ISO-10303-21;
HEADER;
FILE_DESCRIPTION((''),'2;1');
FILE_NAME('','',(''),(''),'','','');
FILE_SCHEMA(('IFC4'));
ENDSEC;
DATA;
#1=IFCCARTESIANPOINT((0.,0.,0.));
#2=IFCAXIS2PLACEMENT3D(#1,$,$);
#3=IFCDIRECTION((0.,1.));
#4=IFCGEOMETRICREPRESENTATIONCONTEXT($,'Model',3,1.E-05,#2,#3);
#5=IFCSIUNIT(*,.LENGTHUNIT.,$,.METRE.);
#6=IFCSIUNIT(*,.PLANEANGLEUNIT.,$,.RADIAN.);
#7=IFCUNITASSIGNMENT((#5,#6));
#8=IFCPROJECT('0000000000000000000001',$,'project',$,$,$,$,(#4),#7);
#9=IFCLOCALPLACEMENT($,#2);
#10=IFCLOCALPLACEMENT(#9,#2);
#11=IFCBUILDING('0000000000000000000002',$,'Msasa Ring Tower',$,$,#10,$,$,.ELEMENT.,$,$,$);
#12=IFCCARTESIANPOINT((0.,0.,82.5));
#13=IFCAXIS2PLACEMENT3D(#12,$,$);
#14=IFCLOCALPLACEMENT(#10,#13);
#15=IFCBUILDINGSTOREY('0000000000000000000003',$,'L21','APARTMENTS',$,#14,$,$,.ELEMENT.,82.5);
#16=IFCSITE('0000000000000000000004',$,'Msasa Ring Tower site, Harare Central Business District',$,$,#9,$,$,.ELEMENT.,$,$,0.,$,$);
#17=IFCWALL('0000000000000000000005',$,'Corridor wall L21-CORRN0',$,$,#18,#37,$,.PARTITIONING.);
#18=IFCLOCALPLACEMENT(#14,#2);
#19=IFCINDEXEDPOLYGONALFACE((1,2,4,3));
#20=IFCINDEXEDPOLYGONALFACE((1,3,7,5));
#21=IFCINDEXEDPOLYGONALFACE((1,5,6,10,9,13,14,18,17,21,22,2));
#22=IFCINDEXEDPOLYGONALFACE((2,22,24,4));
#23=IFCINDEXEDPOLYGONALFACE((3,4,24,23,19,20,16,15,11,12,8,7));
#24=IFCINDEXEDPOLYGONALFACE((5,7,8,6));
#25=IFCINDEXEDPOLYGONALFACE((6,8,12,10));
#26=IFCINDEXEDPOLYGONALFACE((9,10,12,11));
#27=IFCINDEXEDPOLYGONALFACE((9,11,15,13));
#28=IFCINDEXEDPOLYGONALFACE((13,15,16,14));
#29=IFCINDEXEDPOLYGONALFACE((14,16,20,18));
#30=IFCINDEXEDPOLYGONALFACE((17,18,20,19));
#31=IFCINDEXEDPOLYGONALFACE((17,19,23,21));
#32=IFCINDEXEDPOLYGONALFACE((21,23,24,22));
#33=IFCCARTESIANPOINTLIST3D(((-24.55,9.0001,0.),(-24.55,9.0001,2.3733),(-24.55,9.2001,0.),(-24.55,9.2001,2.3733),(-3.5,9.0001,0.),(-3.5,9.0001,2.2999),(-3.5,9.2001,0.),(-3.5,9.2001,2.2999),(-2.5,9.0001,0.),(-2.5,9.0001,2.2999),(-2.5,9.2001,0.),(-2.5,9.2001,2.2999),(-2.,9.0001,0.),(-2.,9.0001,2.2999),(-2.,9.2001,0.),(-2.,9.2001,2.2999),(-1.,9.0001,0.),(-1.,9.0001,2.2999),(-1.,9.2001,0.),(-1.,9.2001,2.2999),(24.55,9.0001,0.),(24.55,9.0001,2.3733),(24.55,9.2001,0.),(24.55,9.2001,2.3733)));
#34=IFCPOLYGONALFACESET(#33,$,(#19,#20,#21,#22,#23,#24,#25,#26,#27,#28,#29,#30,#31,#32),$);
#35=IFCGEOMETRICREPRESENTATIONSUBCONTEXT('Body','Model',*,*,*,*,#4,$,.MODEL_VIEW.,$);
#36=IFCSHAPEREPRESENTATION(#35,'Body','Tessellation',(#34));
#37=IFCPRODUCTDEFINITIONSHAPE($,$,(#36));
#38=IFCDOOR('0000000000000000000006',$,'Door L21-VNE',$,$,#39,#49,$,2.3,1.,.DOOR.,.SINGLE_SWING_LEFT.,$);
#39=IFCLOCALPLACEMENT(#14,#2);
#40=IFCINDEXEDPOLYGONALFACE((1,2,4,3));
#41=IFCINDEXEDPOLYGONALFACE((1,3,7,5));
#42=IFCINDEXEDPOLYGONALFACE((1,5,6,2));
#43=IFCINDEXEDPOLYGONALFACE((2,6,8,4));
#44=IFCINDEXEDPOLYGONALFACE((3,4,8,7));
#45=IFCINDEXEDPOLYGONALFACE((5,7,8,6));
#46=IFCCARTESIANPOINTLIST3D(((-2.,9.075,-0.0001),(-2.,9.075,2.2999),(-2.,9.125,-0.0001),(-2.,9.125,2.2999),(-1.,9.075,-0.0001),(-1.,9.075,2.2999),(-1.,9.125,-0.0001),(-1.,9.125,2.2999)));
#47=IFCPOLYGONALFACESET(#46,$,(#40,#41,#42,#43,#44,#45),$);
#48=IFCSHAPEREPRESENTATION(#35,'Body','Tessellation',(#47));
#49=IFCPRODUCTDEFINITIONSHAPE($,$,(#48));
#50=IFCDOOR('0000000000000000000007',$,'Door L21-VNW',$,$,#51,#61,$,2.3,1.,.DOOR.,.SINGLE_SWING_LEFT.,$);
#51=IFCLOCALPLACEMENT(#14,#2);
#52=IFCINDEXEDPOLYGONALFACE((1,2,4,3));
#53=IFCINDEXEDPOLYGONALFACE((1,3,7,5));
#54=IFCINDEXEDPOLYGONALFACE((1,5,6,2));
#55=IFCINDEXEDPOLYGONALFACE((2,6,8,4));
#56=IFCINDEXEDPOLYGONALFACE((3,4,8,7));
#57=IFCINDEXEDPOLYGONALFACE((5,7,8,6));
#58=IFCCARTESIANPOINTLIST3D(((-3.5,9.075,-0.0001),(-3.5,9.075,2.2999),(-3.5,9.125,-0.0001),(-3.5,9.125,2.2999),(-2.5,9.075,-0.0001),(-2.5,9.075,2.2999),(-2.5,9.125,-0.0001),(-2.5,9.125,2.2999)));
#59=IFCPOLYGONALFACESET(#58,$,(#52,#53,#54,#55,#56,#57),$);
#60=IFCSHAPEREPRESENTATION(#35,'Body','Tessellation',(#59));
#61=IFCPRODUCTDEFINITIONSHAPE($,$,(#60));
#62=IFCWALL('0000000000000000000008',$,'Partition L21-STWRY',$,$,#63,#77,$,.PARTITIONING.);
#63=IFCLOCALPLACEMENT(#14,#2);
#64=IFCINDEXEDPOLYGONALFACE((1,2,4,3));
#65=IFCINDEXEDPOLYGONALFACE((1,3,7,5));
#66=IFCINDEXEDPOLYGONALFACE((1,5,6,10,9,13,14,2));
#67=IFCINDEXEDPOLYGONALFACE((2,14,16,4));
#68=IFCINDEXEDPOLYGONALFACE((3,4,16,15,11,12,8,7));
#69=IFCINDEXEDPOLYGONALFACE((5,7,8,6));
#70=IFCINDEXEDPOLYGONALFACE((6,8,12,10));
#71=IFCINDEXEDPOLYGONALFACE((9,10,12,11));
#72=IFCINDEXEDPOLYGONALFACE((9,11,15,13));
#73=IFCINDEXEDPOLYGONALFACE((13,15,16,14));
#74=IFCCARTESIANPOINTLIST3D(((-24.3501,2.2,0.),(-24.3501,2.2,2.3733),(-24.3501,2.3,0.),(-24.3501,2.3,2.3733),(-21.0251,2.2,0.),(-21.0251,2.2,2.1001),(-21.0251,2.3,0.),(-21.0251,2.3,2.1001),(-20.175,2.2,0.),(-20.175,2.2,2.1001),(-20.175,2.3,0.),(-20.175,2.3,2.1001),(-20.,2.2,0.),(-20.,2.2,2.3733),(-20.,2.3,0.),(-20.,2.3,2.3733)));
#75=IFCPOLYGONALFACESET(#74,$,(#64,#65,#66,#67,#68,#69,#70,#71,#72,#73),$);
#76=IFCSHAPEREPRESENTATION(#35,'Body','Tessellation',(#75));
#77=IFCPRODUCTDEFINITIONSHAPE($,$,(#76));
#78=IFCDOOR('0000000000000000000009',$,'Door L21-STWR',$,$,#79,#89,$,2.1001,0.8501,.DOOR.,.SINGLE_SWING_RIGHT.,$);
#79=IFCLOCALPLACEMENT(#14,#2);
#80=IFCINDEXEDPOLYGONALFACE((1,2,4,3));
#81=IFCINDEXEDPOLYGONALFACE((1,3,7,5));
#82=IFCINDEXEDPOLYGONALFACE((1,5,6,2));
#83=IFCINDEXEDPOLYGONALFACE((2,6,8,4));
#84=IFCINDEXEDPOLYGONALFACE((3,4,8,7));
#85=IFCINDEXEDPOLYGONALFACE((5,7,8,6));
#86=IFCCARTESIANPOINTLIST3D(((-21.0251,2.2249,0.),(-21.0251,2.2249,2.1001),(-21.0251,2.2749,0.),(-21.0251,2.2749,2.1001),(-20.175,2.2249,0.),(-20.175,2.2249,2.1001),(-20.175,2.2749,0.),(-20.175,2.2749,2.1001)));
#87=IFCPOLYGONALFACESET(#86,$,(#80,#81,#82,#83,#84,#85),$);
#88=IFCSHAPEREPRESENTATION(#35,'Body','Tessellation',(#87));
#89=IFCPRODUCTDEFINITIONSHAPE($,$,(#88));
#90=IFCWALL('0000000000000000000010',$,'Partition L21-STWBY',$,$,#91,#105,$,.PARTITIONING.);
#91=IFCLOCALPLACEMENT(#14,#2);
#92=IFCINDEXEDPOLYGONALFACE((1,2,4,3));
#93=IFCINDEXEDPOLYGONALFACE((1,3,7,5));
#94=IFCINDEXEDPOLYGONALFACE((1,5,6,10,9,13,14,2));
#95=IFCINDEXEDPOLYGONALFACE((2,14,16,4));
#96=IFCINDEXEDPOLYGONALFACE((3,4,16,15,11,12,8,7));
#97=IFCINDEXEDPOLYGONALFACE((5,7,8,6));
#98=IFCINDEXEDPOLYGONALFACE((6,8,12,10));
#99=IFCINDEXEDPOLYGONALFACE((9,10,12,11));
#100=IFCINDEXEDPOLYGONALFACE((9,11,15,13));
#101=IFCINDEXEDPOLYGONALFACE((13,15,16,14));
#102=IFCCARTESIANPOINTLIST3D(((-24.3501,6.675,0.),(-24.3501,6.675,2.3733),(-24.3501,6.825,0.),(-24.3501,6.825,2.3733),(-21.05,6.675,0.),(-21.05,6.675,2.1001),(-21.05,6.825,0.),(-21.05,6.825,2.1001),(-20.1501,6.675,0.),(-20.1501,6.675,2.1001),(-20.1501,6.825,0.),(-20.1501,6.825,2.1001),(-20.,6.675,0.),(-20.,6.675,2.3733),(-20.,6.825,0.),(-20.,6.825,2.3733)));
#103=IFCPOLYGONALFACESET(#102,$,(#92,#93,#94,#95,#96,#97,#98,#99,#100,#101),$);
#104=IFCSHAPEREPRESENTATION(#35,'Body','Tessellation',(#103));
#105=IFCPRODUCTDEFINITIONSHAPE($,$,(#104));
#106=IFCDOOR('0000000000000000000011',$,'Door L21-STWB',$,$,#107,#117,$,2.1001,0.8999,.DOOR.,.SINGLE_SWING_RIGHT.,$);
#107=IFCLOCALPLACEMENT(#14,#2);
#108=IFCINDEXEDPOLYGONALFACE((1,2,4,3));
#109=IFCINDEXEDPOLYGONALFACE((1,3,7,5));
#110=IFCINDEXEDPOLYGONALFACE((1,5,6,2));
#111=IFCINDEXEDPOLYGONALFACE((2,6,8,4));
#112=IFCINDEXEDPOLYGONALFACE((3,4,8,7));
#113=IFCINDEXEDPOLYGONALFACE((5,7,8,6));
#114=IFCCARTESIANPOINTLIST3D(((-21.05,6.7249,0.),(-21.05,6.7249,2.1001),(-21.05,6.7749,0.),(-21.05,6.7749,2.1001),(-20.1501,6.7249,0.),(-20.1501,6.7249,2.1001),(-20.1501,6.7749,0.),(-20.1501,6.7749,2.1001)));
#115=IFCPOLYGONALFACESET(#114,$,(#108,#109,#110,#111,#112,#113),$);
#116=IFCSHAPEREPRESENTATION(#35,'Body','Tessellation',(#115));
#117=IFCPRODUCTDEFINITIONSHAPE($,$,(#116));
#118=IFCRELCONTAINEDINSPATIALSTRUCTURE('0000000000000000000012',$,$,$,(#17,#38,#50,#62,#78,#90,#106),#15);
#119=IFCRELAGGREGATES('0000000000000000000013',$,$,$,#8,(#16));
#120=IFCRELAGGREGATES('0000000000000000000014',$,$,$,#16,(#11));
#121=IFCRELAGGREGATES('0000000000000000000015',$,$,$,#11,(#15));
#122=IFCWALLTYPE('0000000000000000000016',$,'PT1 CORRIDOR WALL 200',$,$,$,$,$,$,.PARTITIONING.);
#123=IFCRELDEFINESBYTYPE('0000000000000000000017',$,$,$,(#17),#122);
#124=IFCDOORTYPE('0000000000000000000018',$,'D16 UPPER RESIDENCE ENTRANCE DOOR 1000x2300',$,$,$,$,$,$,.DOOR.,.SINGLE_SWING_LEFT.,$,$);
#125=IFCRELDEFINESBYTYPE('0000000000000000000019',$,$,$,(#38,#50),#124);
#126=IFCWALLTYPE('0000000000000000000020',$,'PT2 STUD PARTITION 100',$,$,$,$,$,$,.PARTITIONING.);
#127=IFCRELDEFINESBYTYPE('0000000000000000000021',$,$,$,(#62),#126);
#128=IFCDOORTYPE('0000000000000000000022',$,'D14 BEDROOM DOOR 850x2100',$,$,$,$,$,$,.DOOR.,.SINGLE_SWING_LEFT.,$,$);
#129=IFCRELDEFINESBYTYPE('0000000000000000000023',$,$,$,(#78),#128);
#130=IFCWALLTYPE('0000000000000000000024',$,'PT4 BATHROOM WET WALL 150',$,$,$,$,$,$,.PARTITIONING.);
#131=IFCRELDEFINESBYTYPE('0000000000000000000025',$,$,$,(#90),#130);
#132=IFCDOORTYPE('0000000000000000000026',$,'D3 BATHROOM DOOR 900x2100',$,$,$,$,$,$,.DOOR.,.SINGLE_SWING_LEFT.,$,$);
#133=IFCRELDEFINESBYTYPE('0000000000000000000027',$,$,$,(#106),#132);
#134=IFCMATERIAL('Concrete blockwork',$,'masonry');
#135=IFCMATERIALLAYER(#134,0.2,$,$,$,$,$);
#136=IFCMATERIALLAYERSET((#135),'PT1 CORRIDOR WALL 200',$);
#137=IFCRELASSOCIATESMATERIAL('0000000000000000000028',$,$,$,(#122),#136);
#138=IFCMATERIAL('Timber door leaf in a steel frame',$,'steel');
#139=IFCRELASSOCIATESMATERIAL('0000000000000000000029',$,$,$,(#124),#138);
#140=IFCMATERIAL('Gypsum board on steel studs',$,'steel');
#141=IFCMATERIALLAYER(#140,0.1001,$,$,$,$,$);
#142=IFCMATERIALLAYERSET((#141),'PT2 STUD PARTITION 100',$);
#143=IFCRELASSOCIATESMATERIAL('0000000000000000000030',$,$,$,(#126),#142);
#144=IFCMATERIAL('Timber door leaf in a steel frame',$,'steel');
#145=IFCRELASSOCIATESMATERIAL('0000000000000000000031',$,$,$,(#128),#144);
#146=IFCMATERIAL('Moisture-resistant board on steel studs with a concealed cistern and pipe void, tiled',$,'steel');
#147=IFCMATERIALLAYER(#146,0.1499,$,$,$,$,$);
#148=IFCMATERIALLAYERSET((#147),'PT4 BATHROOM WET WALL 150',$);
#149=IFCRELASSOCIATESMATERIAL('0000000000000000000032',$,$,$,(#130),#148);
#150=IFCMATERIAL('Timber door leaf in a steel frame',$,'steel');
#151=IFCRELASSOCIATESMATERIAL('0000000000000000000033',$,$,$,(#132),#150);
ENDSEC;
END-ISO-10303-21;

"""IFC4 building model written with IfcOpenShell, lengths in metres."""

from ifc_helpers import new_model, si_unit, direction, frame, frame_2d, origin, place, context, subcontext, project, spatial, rectangle, extrude, material, layer, layer_set, type_object, element, fill, save


model = new_model("IFC4")

# Units and contexts
model_context = context("Model", 3, precision=1e-05, world=origin(), true_north=direction((0.0, 1.0)))
body_context = subcontext(model_context, "Body", "Model", "MODEL_VIEW")
ifc_project = project(units=[si_unit("LENGTHUNIT", "METRE"), si_unit("PLANEANGLEUNIT", "RADIAN")], contexts=[model_context])

# Site, building, storey
site_placement = place(None, origin())
site = spatial("IfcSite", under=ifc_project, at=site_placement, Name="Msasa Ring Tower site, Harare Central Business District", CompositionType="ELEMENT", RefElevation=0.0)
building_placement = place(site_placement, origin())
building = spatial("IfcBuilding", under=site, at=building_placement, Name="Msasa Ring Tower", CompositionType="ELEMENT")
storey_placement = place(building_placement, frame((0.0, 0.0, 82.5)))
storey = spatial("IfcBuildingStorey", under=building, at=storey_placement, Name="L21", Description="APARTMENTS", CompositionType="ELEMENT", Elevation=82.5)

# Wall, openings, doors
ifc_material_1 = material(Name="Concrete blockwork", Category="masonry")
ifc_layer_1 = layer(ifc_material_1, 0.2)
ifc_layer_set_1 = layer_set([ifc_layer_1], Name="PT1 CORRIDOR WALL 200")
wall_type_1 = type_object("IfcWallType", Name="PT1 CORRIDOR WALL 200", PredefinedType="PARTITIONING", material=ifc_layer_set_1)
wall_1_placement = place(storey_placement, frame((-24.55, 9.1001, 0.0), z_axis=(0.0, 0.0, 1.0), x_axis=(1.0, 0.0, 0.0)))
wall_1 = element("IfcWall", 1, at=wall_1_placement, inside=storey, type_object=wall_type_1, Name="Corridor wall L21-CORRN0", PredefinedType="PARTITIONING", context=body_context, shape_type="SweptSolid", body=[
    extrude(rectangle(XDim=49.1001, YDim=0.2, at=frame_2d((24.55, 0.0))), origin(), (0.0, 0.0, 1.0), 2.3733),
])
opening_1_placement = place(wall_1_placement, frame((22.55, 0.0, 0.0)))
opening_1 = element("IfcOpeningElement", 2, at=opening_1_placement, cuts=wall_1, PredefinedType="OPENING", context=body_context, shape_type="SweptSolid", body=[
    extrude(rectangle(XDim=1.0, YDim=2.3, at=frame_2d((0.5, 1.1499))), frame((0.0, 0.1099, 0.0), z_axis=(0.0, -1.0, 0.0), x_axis=(1.0, 0.0, 0.0)), (0.0, 0.0, 1.0), 0.22),
])
opening_2_placement = place(wall_1_placement, frame((21.05, 0.0, 0.0)))
opening_2 = element("IfcOpeningElement", 3, at=opening_2_placement, cuts=wall_1, PredefinedType="OPENING", context=body_context, shape_type="SweptSolid", body=[
    extrude(rectangle(XDim=1.0, YDim=2.3, at=frame_2d((0.5, 1.1499))), frame((0.0, 0.1099, 0.0), z_axis=(0.0, -1.0, 0.0), x_axis=(1.0, 0.0, 0.0)), (0.0, 0.0, 1.0), 0.22),
])
ifc_material_2 = material(Name="Timber door leaf in a steel frame", Category="steel")
door_type_1 = type_object("IfcDoorType", Name="D16 UPPER RESIDENCE ENTRANCE DOOR 1000x2300", OperationType="SINGLE_SWING_LEFT", PredefinedType="DOOR", material=ifc_material_2)
door_1_placement = place(opening_1_placement, origin())
door_1 = element("IfcDoor", 4, at=door_1_placement, inside=storey, type_object=door_type_1, Name="Door L21-VNE", OperationType="SINGLE_SWING_LEFT", OverallHeight=2.3, OverallWidth=1.0, PredefinedType="DOOR", context=body_context, shape_type="SweptSolid", body=[
    extrude(rectangle(XDim=1.0, YDim=2.3, at=frame_2d((0.5, 1.1499))), frame((0.0, 0.0249, 0.0), z_axis=(0.0, -1.0, 0.0), x_axis=(1.0, 0.0, 0.0)), (0.0, 0.0, 1.0), 0.05),
])
fill(opening_1, door_1)
door_2_placement = place(opening_2_placement, origin())
door_2 = element("IfcDoor", 5, at=door_2_placement, inside=storey, type_object=door_type_1, Name="Door L21-VNW", OperationType="SINGLE_SWING_LEFT", OverallHeight=2.3, OverallWidth=1.0, PredefinedType="DOOR", context=body_context, shape_type="SweptSolid", body=[
    extrude(rectangle(XDim=1.0, YDim=2.3, at=frame_2d((0.5, 1.1499))), frame((0.0, 0.0249, 0.0), z_axis=(0.0, -1.0, 0.0), x_axis=(1.0, 0.0, 0.0)), (0.0, 0.0, 1.0), 0.05),
])
fill(opening_2, door_2)

# Walls, openings, doors
ifc_material_3 = material(Name="Gypsum board on steel studs", Category="steel")
ifc_layer_2 = layer(ifc_material_3, 0.1001)
ifc_layer_set_2 = layer_set([ifc_layer_2], Name="PT2 STUD PARTITION 100")
wall_type_2 = type_object("IfcWallType", Name="PT2 STUD PARTITION 100", PredefinedType="PARTITIONING", material=ifc_layer_set_2)
wall_2_placement = place(storey_placement, frame((-24.3501, 2.25, 0.0), z_axis=(0.0, 0.0, 1.0), x_axis=(1.0, 0.0, 0.0)))
wall_2 = element("IfcWall", 6, at=wall_2_placement, inside=storey, type_object=wall_type_2, Name="Partition L21-STWRY", PredefinedType="PARTITIONING", context=body_context, shape_type="SweptSolid", body=[
    extrude(rectangle(XDim=4.3501, YDim=0.1001, at=frame_2d((2.175, 0.0))), origin(), (0.0, 0.0, 1.0), 2.3733),
])
opening_3_placement = place(wall_2_placement, frame((3.325, 0.0, 0.0)))
opening_3 = element("IfcOpeningElement", 7, at=opening_3_placement, cuts=wall_2, PredefinedType="OPENING", context=body_context, shape_type="SweptSolid", body=[
    extrude(rectangle(XDim=0.8501, YDim=2.1001, at=frame_2d((0.425, 1.05))), frame((0.0, 0.0601, 0.0), z_axis=(0.0, -1.0, 0.0), x_axis=(1.0, 0.0, 0.0)), (0.0, 0.0, 1.0), 0.1201),
])
ifc_material_4 = material(Name="Timber door leaf in a steel frame", Category="steel")
door_type_2 = type_object("IfcDoorType", Name="D14 BEDROOM DOOR 850x2100", OperationType="SINGLE_SWING_LEFT", PredefinedType="DOOR", material=ifc_material_4)
door_3_placement = place(opening_3_placement, origin())
door_3 = element("IfcDoor", 8, at=door_3_placement, inside=storey, type_object=door_type_2, Name="Door L21-STWR", OperationType="SINGLE_SWING_RIGHT", OverallHeight=2.1001, OverallWidth=0.8501, PredefinedType="DOOR", context=body_context, shape_type="SweptSolid", body=[
    extrude(rectangle(XDim=0.8501, YDim=2.1001, at=frame_2d((0.425, 1.05))), frame((0.0, 0.0249, 0.0), z_axis=(0.0, -1.0, 0.0), x_axis=(1.0, 0.0, 0.0)), (0.0, 0.0, 1.0), 0.05),
])
fill(opening_3, door_3)
ifc_material_5 = material(Name="Moisture-resistant board on steel studs with a concealed cistern and pipe void, tiled", Category="steel")
ifc_layer_3 = layer(ifc_material_5, 0.1499)
ifc_layer_set_3 = layer_set([ifc_layer_3], Name="PT4 BATHROOM WET WALL 150")
wall_type_3 = type_object("IfcWallType", Name="PT4 BATHROOM WET WALL 150", PredefinedType="PARTITIONING", material=ifc_layer_set_3)
wall_3_placement = place(storey_placement, frame((-24.3501, 6.75, 0.0), z_axis=(0.0, 0.0, 1.0), x_axis=(1.0, 0.0, 0.0)))
wall_3 = element("IfcWall", 9, at=wall_3_placement, inside=storey, type_object=wall_type_3, Name="Partition L21-STWBY", PredefinedType="PARTITIONING", context=body_context, shape_type="SweptSolid", body=[
    extrude(rectangle(XDim=4.3501, YDim=0.1499, at=frame_2d((2.175, 0.0))), origin(), (0.0, 0.0, 1.0), 2.3733),
])
opening_4_placement = place(wall_3_placement, frame((3.3, 0.0, 0.0)))
opening_4 = element("IfcOpeningElement", 10, at=opening_4_placement, cuts=wall_3, PredefinedType="OPENING", context=body_context, shape_type="SweptSolid", body=[
    extrude(rectangle(XDim=0.8999, YDim=2.1001, at=frame_2d((0.45, 1.05))), frame((0.0, 0.085, 0.0), z_axis=(0.0, -1.0, 0.0), x_axis=(1.0, 0.0, 0.0)), (0.0, 0.0, 1.0), 0.1699),
])
ifc_material_6 = material(Name="Timber door leaf in a steel frame", Category="steel")
door_type_3 = type_object("IfcDoorType", Name="D3 BATHROOM DOOR 900x2100", OperationType="SINGLE_SWING_LEFT", PredefinedType="DOOR", material=ifc_material_6)
door_4_placement = place(opening_4_placement, origin())
door_4 = element("IfcDoor", 11, at=door_4_placement, inside=storey, type_object=door_type_3, Name="Door L21-STWB", OperationType="SINGLE_SWING_RIGHT", OverallHeight=2.1001, OverallWidth=0.8999, PredefinedType="DOOR", context=body_context, shape_type="SweptSolid", body=[
    extrude(rectangle(XDim=0.8999, YDim=2.1001, at=frame_2d((0.45, 1.05))), frame((0.0, 0.0249, 0.0), z_axis=(0.0, -1.0, 0.0), x_axis=(1.0, 0.0, 0.0)), (0.0, 0.0, 1.0), 0.05),
])
fill(opening_4, door_4)

save(model, "model.ifc")
